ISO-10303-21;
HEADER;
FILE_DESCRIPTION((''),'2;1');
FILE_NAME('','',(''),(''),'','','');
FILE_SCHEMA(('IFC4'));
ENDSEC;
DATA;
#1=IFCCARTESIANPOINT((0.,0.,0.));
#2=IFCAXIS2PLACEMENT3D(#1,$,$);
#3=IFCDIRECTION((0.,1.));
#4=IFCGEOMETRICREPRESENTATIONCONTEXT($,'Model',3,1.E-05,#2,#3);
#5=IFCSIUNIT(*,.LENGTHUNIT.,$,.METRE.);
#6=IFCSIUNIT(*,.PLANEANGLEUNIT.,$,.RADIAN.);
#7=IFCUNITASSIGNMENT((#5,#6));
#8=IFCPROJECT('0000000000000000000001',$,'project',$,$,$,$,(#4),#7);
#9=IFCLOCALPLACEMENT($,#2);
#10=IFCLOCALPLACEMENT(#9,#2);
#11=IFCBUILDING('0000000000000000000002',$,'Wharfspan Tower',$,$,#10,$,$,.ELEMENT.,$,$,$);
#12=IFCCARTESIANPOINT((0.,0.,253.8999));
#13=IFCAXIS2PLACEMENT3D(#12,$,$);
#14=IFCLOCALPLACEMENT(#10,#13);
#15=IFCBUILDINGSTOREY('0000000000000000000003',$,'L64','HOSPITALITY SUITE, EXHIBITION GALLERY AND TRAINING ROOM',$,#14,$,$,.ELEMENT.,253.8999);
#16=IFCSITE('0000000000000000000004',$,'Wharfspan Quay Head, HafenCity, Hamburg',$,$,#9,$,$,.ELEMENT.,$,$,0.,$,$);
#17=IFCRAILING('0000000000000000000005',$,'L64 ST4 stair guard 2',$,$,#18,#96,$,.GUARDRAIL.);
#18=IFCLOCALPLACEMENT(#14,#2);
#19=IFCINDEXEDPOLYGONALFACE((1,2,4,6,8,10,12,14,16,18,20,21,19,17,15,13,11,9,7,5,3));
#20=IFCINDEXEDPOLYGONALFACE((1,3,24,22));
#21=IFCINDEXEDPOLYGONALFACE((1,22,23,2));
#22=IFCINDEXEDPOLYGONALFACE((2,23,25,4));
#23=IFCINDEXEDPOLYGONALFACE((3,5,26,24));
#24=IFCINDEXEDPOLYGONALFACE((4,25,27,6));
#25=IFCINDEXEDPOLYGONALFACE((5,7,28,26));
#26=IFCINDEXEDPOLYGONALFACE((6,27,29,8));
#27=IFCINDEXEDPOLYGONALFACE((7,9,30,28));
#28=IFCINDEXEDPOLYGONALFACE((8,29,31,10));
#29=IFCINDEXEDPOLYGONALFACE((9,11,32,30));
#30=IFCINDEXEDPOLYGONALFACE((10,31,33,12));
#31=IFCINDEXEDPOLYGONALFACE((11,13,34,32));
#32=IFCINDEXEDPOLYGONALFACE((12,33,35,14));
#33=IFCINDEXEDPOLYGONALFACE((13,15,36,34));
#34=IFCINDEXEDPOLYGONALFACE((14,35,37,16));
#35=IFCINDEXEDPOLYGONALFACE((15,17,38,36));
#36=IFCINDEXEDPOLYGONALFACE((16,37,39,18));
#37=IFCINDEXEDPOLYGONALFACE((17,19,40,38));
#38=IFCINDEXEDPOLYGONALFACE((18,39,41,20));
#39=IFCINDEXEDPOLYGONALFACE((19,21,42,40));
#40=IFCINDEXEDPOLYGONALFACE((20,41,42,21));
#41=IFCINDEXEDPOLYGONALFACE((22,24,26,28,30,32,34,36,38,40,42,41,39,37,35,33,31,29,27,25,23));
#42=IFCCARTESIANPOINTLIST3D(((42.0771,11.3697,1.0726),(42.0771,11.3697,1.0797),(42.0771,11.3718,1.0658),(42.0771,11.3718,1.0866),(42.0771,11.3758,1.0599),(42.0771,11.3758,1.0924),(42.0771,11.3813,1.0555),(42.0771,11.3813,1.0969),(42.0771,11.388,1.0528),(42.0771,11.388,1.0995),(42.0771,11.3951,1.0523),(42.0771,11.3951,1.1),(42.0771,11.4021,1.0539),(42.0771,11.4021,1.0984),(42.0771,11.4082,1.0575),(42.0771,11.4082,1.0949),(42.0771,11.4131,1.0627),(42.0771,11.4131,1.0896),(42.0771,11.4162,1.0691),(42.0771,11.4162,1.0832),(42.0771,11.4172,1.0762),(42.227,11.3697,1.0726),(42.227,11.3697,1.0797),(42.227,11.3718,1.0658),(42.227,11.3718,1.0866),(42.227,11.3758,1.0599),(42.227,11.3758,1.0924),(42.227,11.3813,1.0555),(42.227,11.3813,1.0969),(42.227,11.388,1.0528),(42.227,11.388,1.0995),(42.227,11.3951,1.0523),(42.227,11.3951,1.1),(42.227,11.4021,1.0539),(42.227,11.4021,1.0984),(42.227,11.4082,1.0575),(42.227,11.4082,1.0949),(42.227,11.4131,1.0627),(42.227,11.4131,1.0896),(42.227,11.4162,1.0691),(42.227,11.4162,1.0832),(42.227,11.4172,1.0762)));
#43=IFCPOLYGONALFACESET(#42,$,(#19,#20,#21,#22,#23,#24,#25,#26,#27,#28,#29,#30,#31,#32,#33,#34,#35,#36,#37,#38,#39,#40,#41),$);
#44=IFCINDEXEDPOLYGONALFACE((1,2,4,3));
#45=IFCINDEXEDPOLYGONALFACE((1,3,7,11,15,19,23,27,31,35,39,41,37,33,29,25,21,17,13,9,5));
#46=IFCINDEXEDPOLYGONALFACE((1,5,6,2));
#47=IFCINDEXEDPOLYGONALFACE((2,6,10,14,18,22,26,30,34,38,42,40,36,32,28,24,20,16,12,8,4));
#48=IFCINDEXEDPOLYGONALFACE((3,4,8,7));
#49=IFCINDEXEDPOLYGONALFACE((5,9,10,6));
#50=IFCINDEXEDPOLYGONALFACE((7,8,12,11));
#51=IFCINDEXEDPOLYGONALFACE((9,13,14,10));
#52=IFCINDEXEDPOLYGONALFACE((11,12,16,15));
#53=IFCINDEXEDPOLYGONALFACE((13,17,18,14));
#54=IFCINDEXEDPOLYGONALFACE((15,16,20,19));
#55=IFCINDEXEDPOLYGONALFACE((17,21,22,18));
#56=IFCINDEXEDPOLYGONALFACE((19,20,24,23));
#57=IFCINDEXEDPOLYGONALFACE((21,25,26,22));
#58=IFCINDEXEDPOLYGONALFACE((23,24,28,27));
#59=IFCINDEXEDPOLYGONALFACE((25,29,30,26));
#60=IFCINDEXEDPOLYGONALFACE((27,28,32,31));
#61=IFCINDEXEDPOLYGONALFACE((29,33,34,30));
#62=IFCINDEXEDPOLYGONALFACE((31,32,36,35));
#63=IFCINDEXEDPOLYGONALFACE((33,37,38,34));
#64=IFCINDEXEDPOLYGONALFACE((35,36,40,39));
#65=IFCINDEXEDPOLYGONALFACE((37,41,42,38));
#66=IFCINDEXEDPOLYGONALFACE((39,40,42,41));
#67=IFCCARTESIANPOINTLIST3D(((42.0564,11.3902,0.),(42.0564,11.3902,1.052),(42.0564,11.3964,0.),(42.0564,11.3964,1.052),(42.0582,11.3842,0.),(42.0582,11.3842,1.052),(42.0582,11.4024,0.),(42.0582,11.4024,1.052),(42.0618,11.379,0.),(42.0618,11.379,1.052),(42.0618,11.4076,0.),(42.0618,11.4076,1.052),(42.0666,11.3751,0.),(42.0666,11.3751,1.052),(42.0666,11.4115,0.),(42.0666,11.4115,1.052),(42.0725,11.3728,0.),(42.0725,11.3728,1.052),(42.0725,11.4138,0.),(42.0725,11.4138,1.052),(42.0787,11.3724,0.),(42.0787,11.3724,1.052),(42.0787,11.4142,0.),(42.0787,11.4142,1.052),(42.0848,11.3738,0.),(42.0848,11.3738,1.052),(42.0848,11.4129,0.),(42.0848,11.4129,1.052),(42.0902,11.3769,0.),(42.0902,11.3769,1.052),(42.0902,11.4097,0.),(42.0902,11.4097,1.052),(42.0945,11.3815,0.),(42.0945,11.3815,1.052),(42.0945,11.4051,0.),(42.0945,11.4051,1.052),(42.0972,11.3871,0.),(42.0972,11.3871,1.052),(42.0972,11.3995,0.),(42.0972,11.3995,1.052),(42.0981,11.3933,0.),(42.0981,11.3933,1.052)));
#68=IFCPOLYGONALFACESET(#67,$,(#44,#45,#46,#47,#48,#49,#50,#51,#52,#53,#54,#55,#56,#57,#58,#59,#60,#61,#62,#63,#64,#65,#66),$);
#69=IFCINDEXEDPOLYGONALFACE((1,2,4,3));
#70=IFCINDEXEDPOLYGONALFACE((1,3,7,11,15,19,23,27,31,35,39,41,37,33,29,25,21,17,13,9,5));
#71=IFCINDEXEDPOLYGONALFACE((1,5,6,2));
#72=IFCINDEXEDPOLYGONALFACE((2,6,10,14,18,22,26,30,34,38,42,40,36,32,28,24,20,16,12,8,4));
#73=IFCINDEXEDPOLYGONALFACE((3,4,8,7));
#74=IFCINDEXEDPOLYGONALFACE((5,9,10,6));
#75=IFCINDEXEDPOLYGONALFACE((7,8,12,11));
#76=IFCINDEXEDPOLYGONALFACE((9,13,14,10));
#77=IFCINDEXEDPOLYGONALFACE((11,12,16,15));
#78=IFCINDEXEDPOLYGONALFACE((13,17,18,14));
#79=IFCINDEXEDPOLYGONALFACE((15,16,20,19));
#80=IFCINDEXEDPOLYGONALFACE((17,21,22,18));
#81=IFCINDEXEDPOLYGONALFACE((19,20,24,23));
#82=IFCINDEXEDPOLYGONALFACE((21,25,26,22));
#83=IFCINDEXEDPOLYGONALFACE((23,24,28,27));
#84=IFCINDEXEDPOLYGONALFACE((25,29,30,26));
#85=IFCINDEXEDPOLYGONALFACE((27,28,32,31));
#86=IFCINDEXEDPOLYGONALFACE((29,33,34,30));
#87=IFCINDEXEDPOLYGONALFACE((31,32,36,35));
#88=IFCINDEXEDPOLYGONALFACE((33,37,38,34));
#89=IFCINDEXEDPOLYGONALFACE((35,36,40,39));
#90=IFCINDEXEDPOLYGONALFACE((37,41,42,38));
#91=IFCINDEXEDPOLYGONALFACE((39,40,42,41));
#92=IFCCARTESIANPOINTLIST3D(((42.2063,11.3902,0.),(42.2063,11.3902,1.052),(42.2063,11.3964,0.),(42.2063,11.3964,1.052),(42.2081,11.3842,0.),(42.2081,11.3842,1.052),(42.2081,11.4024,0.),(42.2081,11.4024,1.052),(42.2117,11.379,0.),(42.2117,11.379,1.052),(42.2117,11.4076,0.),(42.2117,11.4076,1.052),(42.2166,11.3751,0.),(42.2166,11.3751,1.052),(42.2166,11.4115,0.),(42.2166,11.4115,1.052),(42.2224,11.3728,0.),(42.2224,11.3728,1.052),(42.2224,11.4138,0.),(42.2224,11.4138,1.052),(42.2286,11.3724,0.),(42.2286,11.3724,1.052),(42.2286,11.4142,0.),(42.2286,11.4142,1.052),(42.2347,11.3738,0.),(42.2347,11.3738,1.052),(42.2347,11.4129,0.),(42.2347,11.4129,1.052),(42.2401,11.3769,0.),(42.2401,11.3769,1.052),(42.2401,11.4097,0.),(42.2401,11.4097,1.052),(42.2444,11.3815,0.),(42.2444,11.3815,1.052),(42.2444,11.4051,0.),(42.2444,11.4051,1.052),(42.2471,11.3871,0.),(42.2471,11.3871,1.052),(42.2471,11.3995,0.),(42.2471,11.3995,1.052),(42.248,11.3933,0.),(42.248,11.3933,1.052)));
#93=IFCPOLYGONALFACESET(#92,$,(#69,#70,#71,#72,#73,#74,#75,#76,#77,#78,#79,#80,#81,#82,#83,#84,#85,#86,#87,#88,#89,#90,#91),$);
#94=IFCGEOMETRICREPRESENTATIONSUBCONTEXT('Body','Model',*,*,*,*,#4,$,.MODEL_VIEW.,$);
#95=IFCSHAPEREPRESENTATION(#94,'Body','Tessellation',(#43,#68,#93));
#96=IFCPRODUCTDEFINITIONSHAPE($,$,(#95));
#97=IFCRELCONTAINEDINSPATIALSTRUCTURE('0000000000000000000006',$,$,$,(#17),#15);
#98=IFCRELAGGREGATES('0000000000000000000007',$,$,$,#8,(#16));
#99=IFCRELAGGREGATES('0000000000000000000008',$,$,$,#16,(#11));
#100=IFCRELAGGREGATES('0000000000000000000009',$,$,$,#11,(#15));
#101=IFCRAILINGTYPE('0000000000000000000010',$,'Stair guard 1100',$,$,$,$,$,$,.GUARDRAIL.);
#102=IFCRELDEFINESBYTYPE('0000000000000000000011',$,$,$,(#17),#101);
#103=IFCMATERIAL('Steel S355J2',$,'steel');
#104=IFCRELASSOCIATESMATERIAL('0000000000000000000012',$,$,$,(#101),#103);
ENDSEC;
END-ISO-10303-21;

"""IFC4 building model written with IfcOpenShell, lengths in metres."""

from ifc_helpers import new_model, si_unit, direction, frame, origin, origin_2d, place, context, subcontext, project, spatial, circle, extrude, material, type_object, element, save


model = new_model("IFC4")

# Units and contexts
model_context = context("Model", 3, precision=1e-05, world=origin(), true_north=direction((0.0, 1.0)))
body_context = subcontext(model_context, "Body", "Model", "MODEL_VIEW")
ifc_project = project(units=[si_unit("LENGTHUNIT", "METRE"), si_unit("PLANEANGLEUNIT", "RADIAN")], contexts=[model_context])

# Site, building, storey
site_placement = place(None, origin())
site = spatial("IfcSite", under=ifc_project, at=site_placement, Name="Wharfspan Quay Head, HafenCity, Hamburg", CompositionType="ELEMENT", RefElevation=0.0)
building_placement = place(site_placement, origin())
building = spatial("IfcBuilding", under=site, at=building_placement, Name="Wharfspan Tower", CompositionType="ELEMENT")
storey_placement = place(building_placement, frame((0.0, 0.0, 253.8999)))
storey = spatial("IfcBuildingStorey", under=building, at=storey_placement, Name="L64", Description="HOSPITALITY SUITE, EXHIBITION GALLERY AND TRAINING ROOM", CompositionType="ELEMENT", Elevation=253.8999)

# Shared definitions
ifc_material_1 = material(Name="Steel S355J2", Category="steel")

# Railing
railing_type_1 = type_object("IfcRailingType", Name="Stair guard 1100", PredefinedType="GUARDRAIL", material=ifc_material_1)
railing_1_placement = place(storey_placement, frame((42.0771, 11.3933, 0.0)))
element("IfcRailing", 1, at=railing_1_placement, inside=storey, type_object=railing_type_1, Name="L64 ST4 stair guard 2", PredefinedType="GUARDRAIL", context=body_context, shape_type="SweptSolid", body=[
    extrude(circle(Radius=0.0239, at=origin_2d()), frame((0.0, 0.0, 1.0762), z_axis=(1.0, 0.0, 0.0), x_axis=(0.0, 1.0, 0.0)), (0.0, 0.0, 1.0), 0.1499),
    extrude(circle(Radius=0.021, at=origin_2d()), origin(), (0.0, 0.0, 1.0), 1.052),
    extrude(circle(Radius=0.021, at=origin_2d()), frame((0.1499, 0.0, 0.0)), (0.0, 0.0, 1.0), 1.052),
])

save(model, "model.ifc")
